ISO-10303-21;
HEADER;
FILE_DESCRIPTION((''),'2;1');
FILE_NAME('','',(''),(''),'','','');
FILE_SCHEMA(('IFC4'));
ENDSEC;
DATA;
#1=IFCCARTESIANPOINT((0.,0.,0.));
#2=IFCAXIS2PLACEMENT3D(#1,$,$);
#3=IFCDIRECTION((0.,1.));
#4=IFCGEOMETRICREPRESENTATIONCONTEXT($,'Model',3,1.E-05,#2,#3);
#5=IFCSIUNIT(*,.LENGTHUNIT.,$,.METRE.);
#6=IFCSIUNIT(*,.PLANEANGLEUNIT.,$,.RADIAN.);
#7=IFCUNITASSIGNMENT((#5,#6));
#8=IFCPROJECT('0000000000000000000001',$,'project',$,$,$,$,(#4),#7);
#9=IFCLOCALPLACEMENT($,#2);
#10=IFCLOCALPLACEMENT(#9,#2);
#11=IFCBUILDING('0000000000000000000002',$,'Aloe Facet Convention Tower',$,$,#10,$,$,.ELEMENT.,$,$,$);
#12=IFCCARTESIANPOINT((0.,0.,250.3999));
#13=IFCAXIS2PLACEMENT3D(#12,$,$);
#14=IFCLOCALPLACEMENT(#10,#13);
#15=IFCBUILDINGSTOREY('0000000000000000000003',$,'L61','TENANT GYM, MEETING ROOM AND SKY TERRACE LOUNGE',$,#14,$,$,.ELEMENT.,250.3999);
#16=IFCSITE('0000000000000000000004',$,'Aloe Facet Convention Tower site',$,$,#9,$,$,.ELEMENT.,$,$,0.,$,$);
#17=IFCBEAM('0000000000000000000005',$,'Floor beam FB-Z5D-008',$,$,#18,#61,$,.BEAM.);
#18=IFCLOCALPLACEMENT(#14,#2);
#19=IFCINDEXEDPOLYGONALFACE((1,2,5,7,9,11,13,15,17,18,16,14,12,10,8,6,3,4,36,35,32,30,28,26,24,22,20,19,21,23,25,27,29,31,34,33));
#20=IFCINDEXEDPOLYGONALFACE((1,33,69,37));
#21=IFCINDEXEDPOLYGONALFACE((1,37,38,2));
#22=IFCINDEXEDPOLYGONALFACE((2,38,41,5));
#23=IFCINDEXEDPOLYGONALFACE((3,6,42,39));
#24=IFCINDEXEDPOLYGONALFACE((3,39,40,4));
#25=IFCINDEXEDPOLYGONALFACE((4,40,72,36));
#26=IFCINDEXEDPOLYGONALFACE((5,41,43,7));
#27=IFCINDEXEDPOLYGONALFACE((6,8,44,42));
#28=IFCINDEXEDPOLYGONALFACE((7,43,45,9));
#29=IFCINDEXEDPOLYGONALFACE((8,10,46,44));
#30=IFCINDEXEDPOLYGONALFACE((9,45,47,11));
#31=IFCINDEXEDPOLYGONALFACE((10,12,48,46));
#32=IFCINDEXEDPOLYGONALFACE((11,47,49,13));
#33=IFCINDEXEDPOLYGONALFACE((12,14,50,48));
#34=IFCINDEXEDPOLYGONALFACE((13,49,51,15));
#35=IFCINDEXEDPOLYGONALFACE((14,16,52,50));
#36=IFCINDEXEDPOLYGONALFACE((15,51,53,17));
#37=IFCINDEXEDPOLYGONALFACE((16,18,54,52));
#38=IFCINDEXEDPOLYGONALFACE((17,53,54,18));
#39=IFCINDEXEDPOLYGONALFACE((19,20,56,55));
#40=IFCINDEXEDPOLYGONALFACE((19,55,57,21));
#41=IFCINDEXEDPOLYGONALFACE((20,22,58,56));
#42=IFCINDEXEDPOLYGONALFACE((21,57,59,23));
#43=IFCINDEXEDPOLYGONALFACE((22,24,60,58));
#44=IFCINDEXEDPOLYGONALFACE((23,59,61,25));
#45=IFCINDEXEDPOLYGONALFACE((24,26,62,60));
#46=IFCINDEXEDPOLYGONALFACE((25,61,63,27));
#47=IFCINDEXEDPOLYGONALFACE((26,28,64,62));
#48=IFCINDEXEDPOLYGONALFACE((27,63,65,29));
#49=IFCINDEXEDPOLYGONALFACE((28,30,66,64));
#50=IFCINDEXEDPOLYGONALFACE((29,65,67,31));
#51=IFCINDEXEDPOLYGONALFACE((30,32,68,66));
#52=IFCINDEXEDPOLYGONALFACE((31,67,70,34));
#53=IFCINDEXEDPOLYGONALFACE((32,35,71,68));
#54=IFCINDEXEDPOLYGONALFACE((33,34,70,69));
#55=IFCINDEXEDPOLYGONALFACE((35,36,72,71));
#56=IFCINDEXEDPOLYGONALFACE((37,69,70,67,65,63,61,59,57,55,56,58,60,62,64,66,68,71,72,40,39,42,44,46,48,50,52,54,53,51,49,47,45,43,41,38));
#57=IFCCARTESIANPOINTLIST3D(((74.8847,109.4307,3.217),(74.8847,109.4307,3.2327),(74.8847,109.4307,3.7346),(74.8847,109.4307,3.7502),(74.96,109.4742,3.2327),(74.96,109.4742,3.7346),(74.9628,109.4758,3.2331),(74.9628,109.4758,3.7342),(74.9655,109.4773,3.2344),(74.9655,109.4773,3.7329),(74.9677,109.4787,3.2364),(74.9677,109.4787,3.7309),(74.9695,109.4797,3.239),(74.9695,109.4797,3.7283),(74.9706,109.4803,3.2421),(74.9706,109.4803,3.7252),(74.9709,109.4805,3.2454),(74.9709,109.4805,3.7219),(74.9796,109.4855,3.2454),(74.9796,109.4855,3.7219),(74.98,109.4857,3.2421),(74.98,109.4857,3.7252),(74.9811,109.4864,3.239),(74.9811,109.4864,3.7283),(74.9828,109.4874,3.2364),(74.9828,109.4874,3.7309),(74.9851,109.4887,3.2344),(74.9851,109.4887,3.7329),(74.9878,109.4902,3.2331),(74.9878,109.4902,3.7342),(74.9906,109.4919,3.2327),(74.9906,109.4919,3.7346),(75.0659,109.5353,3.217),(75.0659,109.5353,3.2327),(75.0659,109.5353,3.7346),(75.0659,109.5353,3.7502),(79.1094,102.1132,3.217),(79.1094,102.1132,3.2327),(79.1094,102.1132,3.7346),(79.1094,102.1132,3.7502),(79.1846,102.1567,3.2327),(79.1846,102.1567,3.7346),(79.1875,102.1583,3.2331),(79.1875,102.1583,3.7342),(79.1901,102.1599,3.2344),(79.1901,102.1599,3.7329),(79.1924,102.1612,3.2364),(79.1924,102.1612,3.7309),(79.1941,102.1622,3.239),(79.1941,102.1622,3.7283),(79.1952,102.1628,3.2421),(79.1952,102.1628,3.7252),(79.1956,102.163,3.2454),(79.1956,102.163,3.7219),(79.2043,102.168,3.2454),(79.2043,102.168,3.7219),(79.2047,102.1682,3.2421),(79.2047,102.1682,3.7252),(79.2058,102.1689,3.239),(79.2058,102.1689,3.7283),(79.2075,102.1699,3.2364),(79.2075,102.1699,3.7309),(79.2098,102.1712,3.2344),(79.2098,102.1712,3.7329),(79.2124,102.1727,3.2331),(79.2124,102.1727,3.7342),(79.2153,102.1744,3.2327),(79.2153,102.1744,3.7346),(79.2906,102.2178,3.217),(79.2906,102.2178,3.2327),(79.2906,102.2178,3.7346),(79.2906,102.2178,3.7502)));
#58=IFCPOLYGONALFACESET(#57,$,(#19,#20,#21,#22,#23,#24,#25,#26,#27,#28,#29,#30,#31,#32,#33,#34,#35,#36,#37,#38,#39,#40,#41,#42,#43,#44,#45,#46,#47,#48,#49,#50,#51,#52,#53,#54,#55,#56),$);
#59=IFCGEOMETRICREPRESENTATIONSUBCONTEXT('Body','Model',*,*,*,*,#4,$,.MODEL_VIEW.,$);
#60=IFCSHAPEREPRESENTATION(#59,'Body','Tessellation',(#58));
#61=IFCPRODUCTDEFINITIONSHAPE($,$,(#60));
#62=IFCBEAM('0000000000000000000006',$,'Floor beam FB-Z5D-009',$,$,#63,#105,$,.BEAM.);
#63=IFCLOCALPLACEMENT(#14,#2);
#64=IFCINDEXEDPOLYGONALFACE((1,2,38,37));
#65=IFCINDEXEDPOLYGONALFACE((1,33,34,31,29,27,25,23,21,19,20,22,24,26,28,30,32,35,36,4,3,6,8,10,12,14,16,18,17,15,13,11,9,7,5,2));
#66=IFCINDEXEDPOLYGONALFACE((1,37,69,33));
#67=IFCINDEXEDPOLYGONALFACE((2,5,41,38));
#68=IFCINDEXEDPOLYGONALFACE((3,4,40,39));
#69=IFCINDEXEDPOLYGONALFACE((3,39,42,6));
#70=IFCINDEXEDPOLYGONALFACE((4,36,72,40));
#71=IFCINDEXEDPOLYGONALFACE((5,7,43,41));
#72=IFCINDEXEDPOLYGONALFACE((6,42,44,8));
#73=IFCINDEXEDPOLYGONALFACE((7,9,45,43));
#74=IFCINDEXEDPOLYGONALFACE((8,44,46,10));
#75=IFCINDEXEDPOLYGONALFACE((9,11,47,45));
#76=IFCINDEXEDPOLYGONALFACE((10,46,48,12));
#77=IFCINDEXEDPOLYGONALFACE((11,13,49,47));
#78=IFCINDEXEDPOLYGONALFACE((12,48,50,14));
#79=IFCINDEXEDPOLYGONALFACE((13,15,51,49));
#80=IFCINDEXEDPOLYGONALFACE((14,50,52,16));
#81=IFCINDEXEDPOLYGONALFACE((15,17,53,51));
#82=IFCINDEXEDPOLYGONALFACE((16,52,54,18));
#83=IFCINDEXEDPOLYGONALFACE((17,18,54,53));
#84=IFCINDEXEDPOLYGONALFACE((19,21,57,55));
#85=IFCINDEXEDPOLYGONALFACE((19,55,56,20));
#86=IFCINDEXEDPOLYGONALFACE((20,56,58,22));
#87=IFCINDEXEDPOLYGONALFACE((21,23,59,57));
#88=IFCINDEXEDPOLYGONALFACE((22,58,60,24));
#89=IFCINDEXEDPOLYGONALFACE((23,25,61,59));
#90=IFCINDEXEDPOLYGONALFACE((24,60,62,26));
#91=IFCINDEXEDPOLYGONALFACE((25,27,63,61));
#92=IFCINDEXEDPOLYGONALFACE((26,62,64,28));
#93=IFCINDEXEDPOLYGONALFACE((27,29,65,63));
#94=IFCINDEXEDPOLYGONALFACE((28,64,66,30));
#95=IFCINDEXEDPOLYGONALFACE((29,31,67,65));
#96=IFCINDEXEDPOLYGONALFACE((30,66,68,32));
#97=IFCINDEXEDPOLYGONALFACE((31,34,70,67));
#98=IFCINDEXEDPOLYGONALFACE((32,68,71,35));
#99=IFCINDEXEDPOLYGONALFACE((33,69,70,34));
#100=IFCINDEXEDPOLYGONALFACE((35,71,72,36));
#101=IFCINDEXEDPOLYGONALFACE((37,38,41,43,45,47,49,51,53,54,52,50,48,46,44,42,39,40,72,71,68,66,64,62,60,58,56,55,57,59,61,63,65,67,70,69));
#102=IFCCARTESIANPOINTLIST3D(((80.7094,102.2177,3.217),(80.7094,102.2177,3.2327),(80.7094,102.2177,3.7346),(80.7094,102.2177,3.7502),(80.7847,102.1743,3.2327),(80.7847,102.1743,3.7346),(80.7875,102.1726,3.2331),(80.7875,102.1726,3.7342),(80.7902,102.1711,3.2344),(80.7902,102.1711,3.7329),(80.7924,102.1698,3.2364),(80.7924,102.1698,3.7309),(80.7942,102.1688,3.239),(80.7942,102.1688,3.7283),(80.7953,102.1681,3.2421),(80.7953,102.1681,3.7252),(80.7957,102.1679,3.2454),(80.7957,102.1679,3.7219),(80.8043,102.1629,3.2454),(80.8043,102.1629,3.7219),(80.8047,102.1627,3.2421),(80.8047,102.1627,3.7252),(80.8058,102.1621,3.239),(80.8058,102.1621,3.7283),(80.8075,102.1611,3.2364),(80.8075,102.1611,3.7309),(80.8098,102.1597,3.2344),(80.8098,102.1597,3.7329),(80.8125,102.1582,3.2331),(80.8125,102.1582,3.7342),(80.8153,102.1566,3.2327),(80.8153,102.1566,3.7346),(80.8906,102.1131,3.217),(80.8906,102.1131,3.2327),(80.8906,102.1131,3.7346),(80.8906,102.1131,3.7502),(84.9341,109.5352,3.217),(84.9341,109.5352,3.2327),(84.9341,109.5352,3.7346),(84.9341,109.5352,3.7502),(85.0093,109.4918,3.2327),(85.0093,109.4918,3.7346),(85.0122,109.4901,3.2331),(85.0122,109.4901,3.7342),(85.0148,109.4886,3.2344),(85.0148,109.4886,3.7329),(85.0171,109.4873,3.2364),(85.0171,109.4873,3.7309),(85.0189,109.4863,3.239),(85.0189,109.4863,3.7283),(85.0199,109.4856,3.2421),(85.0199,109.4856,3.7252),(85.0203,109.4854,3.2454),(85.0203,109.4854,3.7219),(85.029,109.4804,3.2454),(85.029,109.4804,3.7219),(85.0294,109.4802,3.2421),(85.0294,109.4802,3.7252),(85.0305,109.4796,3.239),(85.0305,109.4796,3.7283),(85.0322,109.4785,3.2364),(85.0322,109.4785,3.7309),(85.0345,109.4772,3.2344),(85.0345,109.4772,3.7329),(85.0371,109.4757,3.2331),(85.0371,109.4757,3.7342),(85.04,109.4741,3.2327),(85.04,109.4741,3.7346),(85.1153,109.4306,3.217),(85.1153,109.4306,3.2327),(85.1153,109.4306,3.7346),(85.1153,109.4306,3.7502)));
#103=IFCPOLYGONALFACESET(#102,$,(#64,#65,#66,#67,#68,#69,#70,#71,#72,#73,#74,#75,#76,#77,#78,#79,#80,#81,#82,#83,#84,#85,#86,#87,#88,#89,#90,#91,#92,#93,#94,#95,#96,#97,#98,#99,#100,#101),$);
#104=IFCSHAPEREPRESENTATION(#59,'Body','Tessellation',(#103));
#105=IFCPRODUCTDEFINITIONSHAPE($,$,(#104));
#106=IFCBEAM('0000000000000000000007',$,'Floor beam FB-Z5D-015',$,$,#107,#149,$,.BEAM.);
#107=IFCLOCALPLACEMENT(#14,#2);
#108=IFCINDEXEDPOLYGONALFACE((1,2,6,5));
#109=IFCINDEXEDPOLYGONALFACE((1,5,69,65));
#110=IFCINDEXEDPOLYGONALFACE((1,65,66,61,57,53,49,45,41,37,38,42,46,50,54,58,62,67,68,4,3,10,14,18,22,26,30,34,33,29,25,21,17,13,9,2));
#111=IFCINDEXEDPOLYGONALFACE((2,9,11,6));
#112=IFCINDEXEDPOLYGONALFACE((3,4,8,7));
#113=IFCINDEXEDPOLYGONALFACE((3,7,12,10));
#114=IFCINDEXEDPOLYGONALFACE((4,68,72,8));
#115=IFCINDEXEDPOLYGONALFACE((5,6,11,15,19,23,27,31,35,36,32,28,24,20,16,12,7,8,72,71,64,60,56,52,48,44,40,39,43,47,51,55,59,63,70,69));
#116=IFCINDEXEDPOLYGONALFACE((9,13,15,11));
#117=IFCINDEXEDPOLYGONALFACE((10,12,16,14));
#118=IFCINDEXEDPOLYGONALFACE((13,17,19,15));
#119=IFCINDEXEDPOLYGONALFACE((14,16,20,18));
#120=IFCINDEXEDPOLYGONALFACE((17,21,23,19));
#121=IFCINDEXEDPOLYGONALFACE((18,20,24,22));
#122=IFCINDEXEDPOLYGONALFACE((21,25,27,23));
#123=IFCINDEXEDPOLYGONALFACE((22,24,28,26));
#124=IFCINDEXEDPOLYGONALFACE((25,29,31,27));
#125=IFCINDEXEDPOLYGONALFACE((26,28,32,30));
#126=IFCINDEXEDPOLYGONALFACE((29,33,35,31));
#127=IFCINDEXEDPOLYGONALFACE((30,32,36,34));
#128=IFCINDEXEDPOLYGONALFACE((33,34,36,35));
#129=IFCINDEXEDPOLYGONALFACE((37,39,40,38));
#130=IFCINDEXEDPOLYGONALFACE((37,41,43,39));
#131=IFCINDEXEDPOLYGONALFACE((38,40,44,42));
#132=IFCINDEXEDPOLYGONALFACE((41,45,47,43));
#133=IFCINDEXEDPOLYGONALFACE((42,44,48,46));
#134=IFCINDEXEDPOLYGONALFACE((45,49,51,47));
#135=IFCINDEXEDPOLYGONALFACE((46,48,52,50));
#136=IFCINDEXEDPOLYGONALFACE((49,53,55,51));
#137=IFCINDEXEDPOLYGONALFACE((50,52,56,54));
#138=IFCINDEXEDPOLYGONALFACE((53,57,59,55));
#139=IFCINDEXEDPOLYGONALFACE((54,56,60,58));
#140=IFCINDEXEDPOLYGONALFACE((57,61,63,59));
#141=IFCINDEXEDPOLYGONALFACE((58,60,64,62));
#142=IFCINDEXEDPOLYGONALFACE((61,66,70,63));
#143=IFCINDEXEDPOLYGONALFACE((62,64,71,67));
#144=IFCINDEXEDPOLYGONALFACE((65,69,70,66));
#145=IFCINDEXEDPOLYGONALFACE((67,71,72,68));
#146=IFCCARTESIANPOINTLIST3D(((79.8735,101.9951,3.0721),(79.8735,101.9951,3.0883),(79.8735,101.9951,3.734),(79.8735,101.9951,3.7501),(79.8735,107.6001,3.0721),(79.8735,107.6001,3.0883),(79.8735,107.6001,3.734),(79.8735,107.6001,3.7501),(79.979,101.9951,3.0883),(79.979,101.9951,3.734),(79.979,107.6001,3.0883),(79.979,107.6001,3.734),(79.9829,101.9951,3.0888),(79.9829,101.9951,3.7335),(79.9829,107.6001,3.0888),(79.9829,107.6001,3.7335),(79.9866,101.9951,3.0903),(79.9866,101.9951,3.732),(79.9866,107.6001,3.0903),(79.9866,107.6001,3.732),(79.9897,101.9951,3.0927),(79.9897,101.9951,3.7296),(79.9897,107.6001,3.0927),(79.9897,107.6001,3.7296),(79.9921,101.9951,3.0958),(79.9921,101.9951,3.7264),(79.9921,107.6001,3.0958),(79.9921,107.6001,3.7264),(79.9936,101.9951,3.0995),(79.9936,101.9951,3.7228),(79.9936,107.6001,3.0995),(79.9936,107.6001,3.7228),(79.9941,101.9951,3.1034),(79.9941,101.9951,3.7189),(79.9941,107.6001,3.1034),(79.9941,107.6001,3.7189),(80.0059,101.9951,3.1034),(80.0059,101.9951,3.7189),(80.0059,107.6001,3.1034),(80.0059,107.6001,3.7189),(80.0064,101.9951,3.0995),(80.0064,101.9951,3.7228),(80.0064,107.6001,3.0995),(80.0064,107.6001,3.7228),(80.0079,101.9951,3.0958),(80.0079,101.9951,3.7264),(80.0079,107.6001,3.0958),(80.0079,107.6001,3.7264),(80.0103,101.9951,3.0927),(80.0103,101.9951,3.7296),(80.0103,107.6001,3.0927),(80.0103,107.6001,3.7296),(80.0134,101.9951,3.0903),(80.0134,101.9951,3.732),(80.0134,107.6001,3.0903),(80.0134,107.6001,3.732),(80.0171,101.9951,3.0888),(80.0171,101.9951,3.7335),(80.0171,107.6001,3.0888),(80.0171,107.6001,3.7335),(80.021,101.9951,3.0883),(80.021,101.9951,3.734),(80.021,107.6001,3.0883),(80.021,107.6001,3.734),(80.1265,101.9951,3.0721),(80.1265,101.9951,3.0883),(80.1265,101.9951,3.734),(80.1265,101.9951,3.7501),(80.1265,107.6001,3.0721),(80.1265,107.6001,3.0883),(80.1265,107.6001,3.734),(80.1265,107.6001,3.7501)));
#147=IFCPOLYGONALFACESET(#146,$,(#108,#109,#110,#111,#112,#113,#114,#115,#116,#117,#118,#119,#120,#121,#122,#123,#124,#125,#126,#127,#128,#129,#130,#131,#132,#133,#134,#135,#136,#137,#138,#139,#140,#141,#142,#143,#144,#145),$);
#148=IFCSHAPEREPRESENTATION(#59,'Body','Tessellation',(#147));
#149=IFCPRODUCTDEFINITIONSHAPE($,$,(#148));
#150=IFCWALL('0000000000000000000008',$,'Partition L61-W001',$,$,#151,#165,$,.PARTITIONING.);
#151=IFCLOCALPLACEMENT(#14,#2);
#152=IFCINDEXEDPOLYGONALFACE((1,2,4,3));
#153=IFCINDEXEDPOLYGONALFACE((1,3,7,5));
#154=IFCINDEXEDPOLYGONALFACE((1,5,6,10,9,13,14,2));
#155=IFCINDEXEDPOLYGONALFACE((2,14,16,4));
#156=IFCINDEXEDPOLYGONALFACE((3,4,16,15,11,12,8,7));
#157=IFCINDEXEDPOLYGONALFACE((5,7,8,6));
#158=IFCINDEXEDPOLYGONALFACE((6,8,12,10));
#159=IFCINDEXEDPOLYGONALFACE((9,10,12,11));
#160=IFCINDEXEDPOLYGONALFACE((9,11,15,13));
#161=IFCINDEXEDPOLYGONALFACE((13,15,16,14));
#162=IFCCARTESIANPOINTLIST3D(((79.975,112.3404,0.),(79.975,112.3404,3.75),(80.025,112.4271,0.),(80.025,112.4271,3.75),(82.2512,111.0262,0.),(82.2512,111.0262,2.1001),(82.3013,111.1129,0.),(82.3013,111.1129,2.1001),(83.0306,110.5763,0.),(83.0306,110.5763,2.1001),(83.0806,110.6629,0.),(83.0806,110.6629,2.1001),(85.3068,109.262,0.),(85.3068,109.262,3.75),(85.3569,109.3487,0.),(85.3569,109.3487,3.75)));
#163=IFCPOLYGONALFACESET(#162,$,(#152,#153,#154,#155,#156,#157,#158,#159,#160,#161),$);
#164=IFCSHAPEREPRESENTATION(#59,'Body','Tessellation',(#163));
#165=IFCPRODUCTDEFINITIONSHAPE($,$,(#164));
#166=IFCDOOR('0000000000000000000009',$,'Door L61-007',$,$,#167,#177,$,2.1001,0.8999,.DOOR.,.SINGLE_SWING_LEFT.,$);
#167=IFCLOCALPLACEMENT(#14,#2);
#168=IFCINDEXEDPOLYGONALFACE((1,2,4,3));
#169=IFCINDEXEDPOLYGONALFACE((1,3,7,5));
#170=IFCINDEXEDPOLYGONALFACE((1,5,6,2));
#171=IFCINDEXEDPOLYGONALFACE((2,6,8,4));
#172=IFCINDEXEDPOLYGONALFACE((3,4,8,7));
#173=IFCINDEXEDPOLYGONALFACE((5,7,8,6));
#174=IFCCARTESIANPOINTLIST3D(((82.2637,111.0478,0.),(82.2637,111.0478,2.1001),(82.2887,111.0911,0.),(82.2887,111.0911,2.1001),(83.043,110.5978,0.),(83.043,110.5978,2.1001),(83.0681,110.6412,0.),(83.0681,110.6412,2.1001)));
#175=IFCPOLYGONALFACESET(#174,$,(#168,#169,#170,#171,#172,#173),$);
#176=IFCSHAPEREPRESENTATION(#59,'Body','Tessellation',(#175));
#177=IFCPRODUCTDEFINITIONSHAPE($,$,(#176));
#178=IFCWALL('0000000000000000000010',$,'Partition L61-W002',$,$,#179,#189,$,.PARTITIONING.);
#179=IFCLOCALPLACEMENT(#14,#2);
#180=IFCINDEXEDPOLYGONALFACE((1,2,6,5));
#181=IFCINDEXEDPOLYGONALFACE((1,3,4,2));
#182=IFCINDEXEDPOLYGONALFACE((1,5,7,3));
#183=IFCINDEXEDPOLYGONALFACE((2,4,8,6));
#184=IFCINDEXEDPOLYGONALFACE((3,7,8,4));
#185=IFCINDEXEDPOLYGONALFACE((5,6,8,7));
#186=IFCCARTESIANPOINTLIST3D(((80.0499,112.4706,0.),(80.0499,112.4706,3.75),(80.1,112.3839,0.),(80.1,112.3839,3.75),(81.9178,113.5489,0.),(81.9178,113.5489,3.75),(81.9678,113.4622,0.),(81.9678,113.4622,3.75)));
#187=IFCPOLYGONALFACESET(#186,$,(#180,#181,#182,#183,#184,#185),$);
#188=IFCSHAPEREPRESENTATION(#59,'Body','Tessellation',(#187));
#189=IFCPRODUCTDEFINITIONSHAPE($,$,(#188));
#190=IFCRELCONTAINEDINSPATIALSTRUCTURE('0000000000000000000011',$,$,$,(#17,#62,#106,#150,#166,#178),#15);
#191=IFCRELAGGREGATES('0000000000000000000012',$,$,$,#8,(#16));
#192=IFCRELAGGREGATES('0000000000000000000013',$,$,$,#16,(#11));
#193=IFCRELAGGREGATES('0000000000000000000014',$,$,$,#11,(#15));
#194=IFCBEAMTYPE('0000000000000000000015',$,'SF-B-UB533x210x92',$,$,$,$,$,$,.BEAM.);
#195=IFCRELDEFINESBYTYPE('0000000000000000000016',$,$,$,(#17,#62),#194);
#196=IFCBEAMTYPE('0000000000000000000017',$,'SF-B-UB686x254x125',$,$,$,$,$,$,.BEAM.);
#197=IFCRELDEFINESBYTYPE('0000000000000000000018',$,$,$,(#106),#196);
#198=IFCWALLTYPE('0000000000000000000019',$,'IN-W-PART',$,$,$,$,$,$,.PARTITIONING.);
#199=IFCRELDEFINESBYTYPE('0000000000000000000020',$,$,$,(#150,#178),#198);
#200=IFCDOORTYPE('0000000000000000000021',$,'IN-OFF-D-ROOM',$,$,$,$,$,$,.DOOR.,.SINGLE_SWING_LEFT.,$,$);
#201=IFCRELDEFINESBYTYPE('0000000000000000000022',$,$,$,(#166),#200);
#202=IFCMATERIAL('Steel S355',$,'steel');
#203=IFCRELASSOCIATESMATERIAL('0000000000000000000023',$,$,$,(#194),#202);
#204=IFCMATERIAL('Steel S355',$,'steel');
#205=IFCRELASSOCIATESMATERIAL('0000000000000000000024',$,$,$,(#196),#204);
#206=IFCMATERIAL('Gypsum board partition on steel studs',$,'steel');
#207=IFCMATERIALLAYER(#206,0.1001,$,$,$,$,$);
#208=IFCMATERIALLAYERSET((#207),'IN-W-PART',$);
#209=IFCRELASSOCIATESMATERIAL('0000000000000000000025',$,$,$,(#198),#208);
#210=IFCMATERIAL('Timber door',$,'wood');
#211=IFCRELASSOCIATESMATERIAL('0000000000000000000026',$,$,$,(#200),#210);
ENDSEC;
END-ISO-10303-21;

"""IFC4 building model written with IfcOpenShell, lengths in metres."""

from ifc_helpers import new_model, si_unit, direction, frame, frame_2d, origin, origin_2d, place, context, subcontext, project, spatial, rectangle, i_section, extrude, material, layer, layer_set, material_profile, profile_set, type_object, element, fill, save


model = new_model("IFC4")

# Units and contexts
model_context = context("Model", 3, precision=1e-05, world=origin(), true_north=direction((0.0, 1.0)))
body_context = subcontext(model_context, "Body", "Model", "MODEL_VIEW")
ifc_project = project(units=[si_unit("LENGTHUNIT", "METRE"), si_unit("PLANEANGLEUNIT", "RADIAN")], contexts=[model_context])

# Site, building, storey
site_placement = place(None, origin())
site = spatial("IfcSite", under=ifc_project, at=site_placement, Name="Aloe Facet Convention Tower site", CompositionType="ELEMENT", RefElevation=0.0)
building_placement = place(site_placement, origin())
building = spatial("IfcBuilding", under=site, at=building_placement, Name="Aloe Facet Convention Tower", CompositionType="ELEMENT")
storey_placement = place(building_placement, frame((0.0, 0.0, 250.3999)))
storey = spatial("IfcBuildingStorey", under=building, at=storey_placement, Name="L61", Description="TENANT GYM, MEETING ROOM AND SKY TERRACE LOUNGE", CompositionType="ELEMENT", Elevation=250.3999)

# Beams
ifc_material_1 = material(Name="Steel S355", Category="steel")
ifc_material_profile_1 = material_profile(ifc_material_1, i_section(OverallWidth=0.2092, OverallDepth=0.5332, WebThickness=0.01, FlangeThickness=0.0156, FilletRadius=0.0127, at=origin_2d()), Name="UB 533x210x92")
ifc_profile_set_1 = profile_set([ifc_material_profile_1], Name="Steel S355")
beam_type_1 = type_object("IfcBeamType", Name="SF-B-UB533x210x92", PredefinedType="BEAM", material=ifc_profile_set_1)
for number, where, z_axis, x_axis, name in (
    (1, (79.2, 102.1655, 3.4836), (-0.499993, 0.86603, 0.0), (-0.86603, -0.499993, 0.0), "Floor beam FB-Z5D-008"),
    (2, (85.0247, 109.4829, 3.4836), (-0.499993, -0.86603, 0.0), (0.86603, -0.499993, 0.0), "Floor beam FB-Z5D-009"),
):
    element("IfcBeam", number, at=place(storey_placement, frame(where, z_axis=z_axis, x_axis=x_axis)), inside=storey, type_object=beam_type_1, Name=name, PredefinedType="BEAM", context=body_context, shape_type="SweptSolid", body=[
        extrude(i_section(OverallWidth=0.2092, OverallDepth=0.5332, WebThickness=0.01, FlangeThickness=0.0156, FilletRadius=0.0127, at=origin_2d()), origin(), (0.0, 0.0, 1.0), 8.4495),
    ])
ifc_material_2 = material(Name="Steel S355", Category="steel")
ifc_material_profile_2 = material_profile(ifc_material_2, i_section(OverallWidth=0.2529, OverallDepth=0.678, WebThickness=0.0117, FlangeThickness=0.0161, FilletRadius=0.0151, at=origin_2d()), Name="UB 686x254x125")
ifc_profile_set_2 = profile_set([ifc_material_profile_2], Name="Steel S355")
beam_type_2 = type_object("IfcBeamType", Name="SF-B-UB686x254x125", PredefinedType="BEAM", material=ifc_profile_set_2)
beam_1_placement = place(storey_placement, frame((80.0, 107.6001, 3.4111), z_axis=(0.0, -1.0, 0.0), x_axis=(1.0, 0.0, 0.0)))
element("IfcBeam", 3, at=beam_1_placement, inside=storey, type_object=beam_type_2, Name="Floor beam FB-Z5D-015", PredefinedType="BEAM", context=body_context, shape_type="SweptSolid", body=[
    extrude(i_section(OverallWidth=0.2529, OverallDepth=0.678, WebThickness=0.0117, FlangeThickness=0.0161, FilletRadius=0.0151, at=origin_2d()), origin(), (0.0, 0.0, 1.0), 5.605),
])

# Wall, opening, door
ifc_material_3 = material(Name="Gypsum board partition on steel studs", Category="steel")
ifc_layer_1 = layer(ifc_material_3, 0.1001)
ifc_layer_set_1 = layer_set([ifc_layer_1], Name="IN-W-PART")
wall_type_1 = type_object("IfcWallType", Name="IN-W-PART", PredefinedType="PARTITIONING", material=ifc_layer_set_1)
wall_1_placement = place(storey_placement, frame((80.0, 112.3838, 0.0), z_axis=(0.0, 0.0, 1.0), x_axis=(0.866021, -0.500007, 0.0)))
wall_1 = element("IfcWall", 4, at=wall_1_placement, inside=storey, type_object=wall_type_1, Name="Partition L61-W001", PredefinedType="PARTITIONING", context=body_context, shape_type="SweptSolid", body=[
    extrude(rectangle(XDim=6.1567, YDim=0.1001, at=frame_2d((3.0784, 0.0))), origin(), (0.0, 0.0, 1.0), 3.75),
])
opening_placement = place(wall_1_placement, frame((2.6284, 0.0, 0.0)))
opening = element("IfcOpeningElement", 5, at=opening_placement, cuts=wall_1, PredefinedType="OPENING", context=body_context, shape_type="SweptSolid", body=[
    extrude(rectangle(XDim=0.8999, YDim=2.1001, at=frame_2d((0.45, 1.05))), frame((0.0, 0.0601, 0.0), z_axis=(0.0, -1.0, 0.0), x_axis=(1.0, 0.0, 0.0)), (0.0, 0.0, 1.0), 0.1201),
])
ifc_material_4 = material(Name="Timber door", Category="wood")
door_type = type_object("IfcDoorType", Name="IN-OFF-D-ROOM", OperationType="SINGLE_SWING_LEFT", PredefinedType="DOOR", material=ifc_material_4)
door_placement = place(opening_placement, origin())
door = element("IfcDoor", 6, at=door_placement, inside=storey, type_object=door_type, Name="Door L61-007", OperationType="SINGLE_SWING_LEFT", OverallHeight=2.1001, OverallWidth=0.8999, PredefinedType="DOOR", context=body_context, shape_type="SweptSolid", body=[
    extrude(rectangle(XDim=0.8999, YDim=2.1001, at=frame_2d((0.45, 1.05))), frame((0.0, 0.0249, 0.0), z_axis=(0.0, -1.0, 0.0), x_axis=(1.0, 0.0, 0.0)), (0.0, 0.0, 1.0), 0.05),
])
fill(opening, door)

# Wall
wall_2_placement = place(storey_placement, frame((80.075, 112.4272, 0.0), z_axis=(0.0, 0.0, 1.0), x_axis=(0.86604, 0.499974, 0.0)))
element("IfcWall", 7, at=wall_2_placement, inside=storey, type_object=wall_type_1, Name="Partition L61-W002", PredefinedType="PARTITIONING", context=body_context, shape_type="SweptSolid", body=[
    extrude(rectangle(XDim=2.1567, YDim=0.1001, at=frame_2d((1.0784, 0.0))), origin(), (0.0, 0.0, 1.0), 3.75),
])

save(model, "model.ifc")
